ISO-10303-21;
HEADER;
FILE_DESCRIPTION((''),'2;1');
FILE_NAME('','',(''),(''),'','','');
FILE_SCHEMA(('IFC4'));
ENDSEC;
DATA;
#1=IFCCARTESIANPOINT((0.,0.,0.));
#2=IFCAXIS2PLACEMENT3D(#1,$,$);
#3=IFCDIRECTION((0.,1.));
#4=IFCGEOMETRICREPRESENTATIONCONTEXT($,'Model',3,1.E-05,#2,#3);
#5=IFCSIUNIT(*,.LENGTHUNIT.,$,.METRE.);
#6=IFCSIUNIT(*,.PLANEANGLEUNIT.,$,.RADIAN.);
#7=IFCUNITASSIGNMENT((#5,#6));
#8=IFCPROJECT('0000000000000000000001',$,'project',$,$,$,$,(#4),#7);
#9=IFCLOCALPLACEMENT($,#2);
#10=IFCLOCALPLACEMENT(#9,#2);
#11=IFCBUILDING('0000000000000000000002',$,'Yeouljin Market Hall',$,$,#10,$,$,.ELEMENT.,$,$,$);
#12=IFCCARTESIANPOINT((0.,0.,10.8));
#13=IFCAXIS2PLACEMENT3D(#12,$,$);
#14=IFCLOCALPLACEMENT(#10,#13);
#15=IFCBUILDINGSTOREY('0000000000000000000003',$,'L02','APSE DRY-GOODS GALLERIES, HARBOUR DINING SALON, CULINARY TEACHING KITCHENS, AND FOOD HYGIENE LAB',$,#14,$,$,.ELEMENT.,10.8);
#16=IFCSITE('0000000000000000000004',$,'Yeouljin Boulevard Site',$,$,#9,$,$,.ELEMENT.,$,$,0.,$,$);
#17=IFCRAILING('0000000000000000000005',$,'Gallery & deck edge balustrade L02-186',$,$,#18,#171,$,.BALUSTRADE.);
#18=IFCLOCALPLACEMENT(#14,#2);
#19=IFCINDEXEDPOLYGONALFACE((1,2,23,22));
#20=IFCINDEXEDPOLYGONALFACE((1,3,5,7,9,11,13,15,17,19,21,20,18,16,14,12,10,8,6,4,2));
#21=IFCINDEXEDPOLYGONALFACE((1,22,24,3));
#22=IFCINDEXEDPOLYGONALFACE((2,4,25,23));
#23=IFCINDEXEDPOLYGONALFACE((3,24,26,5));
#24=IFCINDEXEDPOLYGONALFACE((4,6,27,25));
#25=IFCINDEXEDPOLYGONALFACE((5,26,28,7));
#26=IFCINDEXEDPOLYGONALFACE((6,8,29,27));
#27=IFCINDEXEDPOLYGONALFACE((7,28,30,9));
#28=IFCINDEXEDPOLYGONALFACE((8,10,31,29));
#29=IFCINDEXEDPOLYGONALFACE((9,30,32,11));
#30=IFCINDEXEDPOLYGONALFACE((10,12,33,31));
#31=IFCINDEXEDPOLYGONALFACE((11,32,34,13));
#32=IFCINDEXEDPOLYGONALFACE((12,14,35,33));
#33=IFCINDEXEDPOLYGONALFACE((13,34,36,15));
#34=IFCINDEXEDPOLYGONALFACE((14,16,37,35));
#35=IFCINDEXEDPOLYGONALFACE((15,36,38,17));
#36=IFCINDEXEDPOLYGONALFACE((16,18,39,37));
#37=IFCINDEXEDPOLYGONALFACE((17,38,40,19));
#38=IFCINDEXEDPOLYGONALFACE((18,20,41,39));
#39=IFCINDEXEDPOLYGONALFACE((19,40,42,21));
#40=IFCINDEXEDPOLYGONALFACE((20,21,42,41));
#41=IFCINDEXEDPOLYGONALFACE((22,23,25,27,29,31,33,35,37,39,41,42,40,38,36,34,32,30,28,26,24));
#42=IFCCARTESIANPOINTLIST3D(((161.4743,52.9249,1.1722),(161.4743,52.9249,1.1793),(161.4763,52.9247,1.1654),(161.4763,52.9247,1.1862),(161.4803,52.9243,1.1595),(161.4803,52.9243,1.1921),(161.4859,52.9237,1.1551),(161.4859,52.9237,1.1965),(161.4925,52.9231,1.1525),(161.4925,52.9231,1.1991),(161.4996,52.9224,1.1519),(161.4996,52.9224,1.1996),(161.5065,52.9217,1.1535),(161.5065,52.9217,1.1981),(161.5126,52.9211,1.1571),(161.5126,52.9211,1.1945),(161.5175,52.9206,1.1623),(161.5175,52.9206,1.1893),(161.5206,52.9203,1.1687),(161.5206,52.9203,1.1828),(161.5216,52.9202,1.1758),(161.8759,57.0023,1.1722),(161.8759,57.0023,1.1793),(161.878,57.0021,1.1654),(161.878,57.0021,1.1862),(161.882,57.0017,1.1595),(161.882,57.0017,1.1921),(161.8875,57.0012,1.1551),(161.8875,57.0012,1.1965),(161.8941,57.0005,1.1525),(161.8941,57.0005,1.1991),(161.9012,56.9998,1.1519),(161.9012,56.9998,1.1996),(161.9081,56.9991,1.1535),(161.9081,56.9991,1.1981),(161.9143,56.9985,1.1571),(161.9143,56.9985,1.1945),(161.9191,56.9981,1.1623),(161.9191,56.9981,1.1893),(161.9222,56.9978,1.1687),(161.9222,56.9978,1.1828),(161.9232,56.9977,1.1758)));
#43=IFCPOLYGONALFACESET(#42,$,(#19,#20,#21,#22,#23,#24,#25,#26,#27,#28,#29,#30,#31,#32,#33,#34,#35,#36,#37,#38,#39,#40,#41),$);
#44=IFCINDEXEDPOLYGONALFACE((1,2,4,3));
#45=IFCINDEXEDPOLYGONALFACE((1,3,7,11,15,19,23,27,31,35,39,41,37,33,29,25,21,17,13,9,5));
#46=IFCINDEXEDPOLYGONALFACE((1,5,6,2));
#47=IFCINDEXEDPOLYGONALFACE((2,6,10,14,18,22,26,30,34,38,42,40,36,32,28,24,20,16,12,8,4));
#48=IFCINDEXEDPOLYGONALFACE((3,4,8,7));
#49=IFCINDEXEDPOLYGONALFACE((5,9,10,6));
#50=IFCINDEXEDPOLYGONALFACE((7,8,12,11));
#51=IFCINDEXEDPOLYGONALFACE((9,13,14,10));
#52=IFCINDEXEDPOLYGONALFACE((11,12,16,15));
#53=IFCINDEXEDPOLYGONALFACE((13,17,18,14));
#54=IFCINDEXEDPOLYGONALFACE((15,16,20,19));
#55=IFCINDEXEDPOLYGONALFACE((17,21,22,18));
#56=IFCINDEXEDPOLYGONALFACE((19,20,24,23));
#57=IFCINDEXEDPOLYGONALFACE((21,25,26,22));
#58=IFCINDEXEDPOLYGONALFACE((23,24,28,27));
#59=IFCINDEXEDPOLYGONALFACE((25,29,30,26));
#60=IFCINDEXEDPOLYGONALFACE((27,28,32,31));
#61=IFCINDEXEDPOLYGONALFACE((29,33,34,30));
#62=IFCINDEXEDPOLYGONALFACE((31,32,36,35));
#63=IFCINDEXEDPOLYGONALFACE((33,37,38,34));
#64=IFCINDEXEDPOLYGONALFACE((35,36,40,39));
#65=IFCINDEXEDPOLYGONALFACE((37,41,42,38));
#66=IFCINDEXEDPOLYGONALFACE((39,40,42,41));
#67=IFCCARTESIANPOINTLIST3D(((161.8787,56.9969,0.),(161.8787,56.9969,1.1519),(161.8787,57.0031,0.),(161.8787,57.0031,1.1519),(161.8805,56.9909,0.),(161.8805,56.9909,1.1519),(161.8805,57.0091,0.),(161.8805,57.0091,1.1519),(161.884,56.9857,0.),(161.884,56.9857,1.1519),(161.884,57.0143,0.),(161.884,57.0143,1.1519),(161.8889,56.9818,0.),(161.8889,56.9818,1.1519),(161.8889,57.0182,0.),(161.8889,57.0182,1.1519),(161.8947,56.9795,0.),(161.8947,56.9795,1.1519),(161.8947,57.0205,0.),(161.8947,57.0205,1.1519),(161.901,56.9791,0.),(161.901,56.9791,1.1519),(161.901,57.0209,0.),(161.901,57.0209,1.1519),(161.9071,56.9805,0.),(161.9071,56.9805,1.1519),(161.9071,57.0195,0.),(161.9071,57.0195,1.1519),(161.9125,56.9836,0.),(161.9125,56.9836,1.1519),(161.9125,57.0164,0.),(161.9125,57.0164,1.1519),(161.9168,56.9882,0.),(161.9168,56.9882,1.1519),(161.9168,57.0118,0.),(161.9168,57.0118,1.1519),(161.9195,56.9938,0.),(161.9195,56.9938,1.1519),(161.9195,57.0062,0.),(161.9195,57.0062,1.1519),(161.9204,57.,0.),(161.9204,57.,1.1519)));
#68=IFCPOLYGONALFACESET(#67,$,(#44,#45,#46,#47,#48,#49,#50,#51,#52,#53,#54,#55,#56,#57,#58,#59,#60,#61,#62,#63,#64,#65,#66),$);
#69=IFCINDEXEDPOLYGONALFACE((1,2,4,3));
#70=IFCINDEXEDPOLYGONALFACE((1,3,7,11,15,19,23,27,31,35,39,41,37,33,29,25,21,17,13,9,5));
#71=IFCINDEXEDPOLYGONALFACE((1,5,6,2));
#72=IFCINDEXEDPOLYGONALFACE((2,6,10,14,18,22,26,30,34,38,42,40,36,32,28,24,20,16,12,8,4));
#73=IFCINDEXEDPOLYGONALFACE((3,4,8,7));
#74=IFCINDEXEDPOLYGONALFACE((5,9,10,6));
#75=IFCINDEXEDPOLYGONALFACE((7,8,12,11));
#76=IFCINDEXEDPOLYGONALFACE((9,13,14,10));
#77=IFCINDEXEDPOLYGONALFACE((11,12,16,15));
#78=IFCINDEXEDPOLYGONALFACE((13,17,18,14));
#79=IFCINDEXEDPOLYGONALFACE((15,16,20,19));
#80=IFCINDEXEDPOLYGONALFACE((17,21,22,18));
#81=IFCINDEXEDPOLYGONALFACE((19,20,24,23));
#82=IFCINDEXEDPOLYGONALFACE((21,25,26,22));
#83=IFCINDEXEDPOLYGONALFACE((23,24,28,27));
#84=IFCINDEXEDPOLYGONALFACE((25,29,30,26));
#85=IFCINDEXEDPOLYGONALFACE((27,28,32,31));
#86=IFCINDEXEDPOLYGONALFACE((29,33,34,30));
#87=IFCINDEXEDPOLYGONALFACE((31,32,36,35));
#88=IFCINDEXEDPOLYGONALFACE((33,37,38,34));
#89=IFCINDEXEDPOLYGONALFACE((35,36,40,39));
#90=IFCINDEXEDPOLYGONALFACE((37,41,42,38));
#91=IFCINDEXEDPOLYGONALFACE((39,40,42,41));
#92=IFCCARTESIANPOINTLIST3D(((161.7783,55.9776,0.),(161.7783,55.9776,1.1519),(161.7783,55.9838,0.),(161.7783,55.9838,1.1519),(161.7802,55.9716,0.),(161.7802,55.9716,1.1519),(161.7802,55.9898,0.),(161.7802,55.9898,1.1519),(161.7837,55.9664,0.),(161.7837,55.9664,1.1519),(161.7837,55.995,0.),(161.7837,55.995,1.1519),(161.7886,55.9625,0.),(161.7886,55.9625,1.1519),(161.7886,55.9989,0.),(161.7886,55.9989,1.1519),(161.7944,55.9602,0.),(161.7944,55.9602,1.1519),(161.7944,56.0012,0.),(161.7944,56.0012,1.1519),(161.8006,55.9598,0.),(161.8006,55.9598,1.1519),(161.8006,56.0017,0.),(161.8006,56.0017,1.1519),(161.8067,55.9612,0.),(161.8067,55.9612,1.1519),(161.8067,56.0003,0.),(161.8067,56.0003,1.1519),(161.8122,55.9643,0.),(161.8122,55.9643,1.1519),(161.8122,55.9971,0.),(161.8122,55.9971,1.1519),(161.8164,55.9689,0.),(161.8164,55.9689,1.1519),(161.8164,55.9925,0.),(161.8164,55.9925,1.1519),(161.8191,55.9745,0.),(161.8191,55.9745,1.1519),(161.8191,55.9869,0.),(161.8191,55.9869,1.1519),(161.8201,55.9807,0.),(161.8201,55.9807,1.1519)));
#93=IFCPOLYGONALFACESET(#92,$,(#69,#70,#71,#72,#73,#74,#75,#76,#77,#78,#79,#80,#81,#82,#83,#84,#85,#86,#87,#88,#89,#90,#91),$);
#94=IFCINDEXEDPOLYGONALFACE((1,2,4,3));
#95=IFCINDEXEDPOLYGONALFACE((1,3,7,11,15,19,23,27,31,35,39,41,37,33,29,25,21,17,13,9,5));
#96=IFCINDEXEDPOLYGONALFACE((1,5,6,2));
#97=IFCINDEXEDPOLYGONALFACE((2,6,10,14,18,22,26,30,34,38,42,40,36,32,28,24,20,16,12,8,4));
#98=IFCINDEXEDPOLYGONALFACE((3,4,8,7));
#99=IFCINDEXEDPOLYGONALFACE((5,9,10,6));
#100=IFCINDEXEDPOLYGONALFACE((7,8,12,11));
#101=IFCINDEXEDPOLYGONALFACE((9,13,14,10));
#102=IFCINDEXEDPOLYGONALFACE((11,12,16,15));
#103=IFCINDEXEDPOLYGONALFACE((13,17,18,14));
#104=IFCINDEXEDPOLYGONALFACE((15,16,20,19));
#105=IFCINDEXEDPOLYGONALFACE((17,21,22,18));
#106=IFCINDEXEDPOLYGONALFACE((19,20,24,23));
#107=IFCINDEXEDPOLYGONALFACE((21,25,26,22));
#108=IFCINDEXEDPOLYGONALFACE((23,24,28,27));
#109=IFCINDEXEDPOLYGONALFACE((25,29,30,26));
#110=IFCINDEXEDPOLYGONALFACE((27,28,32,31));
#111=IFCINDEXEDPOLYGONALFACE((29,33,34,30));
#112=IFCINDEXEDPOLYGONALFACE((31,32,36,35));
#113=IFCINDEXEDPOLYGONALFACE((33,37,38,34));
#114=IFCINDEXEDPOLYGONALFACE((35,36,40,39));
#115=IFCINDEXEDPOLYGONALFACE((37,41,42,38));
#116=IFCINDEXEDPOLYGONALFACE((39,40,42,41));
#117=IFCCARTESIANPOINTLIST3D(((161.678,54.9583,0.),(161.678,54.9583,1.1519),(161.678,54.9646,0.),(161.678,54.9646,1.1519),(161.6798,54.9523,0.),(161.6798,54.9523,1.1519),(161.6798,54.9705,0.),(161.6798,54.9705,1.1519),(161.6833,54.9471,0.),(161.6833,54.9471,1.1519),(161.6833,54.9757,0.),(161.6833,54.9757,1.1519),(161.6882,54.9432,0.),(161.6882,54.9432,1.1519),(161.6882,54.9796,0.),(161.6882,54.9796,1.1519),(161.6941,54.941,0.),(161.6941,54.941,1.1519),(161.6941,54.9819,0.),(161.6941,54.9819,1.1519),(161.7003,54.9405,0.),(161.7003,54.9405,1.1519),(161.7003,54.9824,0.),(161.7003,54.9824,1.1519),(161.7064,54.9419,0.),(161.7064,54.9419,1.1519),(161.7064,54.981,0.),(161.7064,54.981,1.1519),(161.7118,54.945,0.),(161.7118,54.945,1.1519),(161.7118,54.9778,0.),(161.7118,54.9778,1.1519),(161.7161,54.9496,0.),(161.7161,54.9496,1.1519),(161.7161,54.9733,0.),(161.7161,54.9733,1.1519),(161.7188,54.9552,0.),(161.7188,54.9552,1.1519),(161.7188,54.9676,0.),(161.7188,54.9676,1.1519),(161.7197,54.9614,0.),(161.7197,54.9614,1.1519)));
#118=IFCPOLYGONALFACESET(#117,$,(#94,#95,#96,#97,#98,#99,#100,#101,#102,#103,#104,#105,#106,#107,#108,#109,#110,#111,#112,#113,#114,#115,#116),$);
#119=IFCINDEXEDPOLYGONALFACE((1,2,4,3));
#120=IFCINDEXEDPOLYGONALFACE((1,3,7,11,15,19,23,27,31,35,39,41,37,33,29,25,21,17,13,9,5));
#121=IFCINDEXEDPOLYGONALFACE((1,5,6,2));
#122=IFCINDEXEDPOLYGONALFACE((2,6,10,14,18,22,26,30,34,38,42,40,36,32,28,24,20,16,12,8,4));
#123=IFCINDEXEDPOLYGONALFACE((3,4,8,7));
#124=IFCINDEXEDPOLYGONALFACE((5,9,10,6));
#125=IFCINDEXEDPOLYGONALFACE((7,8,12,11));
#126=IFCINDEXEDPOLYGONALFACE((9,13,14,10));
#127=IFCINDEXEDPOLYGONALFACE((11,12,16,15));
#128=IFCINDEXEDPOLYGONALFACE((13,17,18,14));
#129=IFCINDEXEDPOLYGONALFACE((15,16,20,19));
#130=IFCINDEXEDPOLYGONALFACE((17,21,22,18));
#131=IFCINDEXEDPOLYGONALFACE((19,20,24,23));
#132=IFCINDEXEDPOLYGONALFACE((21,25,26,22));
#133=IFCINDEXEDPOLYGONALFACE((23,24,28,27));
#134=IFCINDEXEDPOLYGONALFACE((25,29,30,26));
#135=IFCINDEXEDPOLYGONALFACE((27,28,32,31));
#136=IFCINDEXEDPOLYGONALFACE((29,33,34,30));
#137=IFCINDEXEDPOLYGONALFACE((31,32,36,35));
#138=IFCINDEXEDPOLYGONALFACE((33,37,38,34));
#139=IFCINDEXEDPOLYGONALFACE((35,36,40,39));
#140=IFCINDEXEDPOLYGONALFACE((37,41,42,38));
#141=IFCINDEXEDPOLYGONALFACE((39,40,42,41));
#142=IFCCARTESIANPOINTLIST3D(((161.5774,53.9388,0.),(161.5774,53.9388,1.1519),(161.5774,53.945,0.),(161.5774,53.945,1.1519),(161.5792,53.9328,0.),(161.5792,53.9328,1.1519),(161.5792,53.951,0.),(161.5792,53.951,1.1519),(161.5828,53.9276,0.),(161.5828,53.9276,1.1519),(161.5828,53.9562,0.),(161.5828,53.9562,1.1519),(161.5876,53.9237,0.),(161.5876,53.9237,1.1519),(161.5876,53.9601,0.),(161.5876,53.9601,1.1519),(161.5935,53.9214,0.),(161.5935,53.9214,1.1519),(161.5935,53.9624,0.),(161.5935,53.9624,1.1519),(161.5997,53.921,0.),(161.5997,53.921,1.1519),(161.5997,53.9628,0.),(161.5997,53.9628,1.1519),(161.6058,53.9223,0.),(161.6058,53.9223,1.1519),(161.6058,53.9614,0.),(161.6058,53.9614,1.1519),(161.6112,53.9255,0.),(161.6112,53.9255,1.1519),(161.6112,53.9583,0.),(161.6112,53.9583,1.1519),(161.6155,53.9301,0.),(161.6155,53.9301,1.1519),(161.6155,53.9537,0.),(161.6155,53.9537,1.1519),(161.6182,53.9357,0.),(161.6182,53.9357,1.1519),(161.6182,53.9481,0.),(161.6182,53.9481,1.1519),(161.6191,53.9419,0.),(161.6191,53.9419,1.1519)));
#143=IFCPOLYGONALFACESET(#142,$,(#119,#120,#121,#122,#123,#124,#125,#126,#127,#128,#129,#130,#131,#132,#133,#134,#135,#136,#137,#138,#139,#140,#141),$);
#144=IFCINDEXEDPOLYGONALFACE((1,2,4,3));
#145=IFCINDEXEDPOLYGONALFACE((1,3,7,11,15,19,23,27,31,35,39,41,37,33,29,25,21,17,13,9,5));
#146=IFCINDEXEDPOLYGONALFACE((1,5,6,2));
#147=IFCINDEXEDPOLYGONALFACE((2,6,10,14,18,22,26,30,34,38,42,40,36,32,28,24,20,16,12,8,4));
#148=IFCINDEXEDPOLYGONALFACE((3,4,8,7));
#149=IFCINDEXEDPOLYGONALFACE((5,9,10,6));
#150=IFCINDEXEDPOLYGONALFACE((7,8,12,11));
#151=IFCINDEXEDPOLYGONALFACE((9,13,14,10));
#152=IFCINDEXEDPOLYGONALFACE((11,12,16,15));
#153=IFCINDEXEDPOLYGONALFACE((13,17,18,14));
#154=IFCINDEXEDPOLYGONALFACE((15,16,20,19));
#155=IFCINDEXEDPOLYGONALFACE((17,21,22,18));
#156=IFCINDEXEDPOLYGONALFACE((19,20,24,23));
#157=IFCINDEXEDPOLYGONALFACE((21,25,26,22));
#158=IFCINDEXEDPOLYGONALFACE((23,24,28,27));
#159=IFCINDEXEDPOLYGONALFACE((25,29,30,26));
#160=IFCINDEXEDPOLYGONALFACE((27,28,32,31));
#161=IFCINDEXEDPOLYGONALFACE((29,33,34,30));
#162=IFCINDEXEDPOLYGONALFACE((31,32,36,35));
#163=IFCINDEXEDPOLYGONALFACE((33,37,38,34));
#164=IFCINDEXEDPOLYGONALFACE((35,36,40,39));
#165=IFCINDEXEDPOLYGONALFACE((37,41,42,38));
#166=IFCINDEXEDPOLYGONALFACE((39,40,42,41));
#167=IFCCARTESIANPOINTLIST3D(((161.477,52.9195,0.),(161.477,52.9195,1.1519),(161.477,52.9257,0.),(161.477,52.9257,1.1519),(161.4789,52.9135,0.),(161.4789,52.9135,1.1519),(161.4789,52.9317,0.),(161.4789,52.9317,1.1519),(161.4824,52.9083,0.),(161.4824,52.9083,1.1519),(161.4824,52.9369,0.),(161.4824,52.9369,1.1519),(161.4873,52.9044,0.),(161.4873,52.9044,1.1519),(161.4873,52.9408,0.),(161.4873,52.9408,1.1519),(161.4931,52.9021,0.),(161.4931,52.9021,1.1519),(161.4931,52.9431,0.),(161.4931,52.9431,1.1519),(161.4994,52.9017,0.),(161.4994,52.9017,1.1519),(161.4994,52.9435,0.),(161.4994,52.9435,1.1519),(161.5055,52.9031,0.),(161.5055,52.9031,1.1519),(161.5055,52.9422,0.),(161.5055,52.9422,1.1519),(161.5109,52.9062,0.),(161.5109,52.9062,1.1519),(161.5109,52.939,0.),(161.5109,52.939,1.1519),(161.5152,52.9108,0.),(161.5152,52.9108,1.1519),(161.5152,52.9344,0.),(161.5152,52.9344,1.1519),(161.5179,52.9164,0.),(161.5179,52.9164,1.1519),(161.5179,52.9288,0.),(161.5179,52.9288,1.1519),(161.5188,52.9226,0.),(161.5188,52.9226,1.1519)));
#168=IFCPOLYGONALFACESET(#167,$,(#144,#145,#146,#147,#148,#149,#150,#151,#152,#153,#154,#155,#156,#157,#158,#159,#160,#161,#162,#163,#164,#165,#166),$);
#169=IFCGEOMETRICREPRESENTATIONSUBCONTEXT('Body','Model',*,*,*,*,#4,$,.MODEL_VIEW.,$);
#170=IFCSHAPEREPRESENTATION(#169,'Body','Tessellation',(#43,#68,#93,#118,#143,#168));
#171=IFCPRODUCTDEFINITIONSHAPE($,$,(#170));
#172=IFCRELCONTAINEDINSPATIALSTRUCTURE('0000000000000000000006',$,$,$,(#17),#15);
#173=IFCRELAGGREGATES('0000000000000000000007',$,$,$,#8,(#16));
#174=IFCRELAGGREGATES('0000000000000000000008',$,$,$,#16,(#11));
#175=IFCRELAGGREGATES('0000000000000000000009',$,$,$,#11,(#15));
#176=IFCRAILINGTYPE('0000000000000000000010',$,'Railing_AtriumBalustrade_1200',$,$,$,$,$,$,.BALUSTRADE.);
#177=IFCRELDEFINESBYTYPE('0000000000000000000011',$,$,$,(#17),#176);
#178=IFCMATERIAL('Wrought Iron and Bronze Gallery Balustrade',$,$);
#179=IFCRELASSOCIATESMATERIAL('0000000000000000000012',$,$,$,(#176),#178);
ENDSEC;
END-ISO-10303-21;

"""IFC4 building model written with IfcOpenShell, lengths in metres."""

from ifc_helpers import new_model, si_unit, direction, frame, origin, origin_2d, place, context, subcontext, project, spatial, circle, extrude, material, type_object, element, save


model = new_model("IFC4")

# Units and contexts
model_context = context("Model", 3, precision=1e-05, world=origin(), true_north=direction((0.0, 1.0)))
body_context = subcontext(model_context, "Body", "Model", "MODEL_VIEW")
ifc_project = project(units=[si_unit("LENGTHUNIT", "METRE"), si_unit("PLANEANGLEUNIT", "RADIAN")], contexts=[model_context])

# Site, building, storey
site_placement = place(None, origin())
site = spatial("IfcSite", under=ifc_project, at=site_placement, Name="Yeouljin Boulevard Site", CompositionType="ELEMENT", RefElevation=0.0)
building_placement = place(site_placement, origin())
building = spatial("IfcBuilding", under=site, at=building_placement, Name="Yeouljin Market Hall", CompositionType="ELEMENT")
storey_placement = place(building_placement, frame((0.0, 0.0, 10.8)))
storey = spatial("IfcBuildingStorey", under=building, at=storey_placement, Name="L02", Description="APSE DRY-GOODS GALLERIES, HARBOUR DINING SALON, CULINARY TEACHING KITCHENS, AND FOOD HYGIENE LAB", CompositionType="ELEMENT", Elevation=10.8)

# Railing
ifc_material_1 = material(Name="Wrought Iron and Bronze Gallery Balustrade")
railing_type = type_object("IfcRailingType", Name="Railing_AtriumBalustrade_1200", PredefinedType="BALUSTRADE", material=ifc_material_1)
railing_1_placement = place(storey_placement, frame((161.8994, 57.0, 0.0)))
element("IfcRailing", 1, at=railing_1_placement, inside=storey, type_object=railing_type, Name="Gallery & deck edge balustrade L02-186", PredefinedType="BALUSTRADE", context=body_context, shape_type="SweptSolid", body=[
    extrude(circle(Radius=0.0239, at=origin_2d()), frame((0.0, 0.0, 1.1758), z_axis=(-0.098023, -0.995184, 0.0), x_axis=(0.995184, -0.098023, 0.0)), (0.0, 0.0, 1.0), 4.0972),
    extrude(circle(Radius=0.021, at=origin_2d()), origin(), (0.0, 0.0, 1.0), 1.1519),
    extrude(circle(Radius=0.021, at=origin_2d()), frame((-0.1003, -1.0193, 0.0)), (0.0, 0.0, 1.0), 1.1519),
    extrude(circle(Radius=0.021, at=origin_2d()), frame((-0.2007, -2.0386, 0.0)), (0.0, 0.0, 1.0), 1.1519),
    extrude(circle(Radius=0.021, at=origin_2d()), frame((-0.3013, -3.0581, 0.0)), (0.0, 0.0, 1.0), 1.1519),
    extrude(circle(Radius=0.021, at=origin_2d()), frame((-0.4016, -4.0774, 0.0)), (0.0, 0.0, 1.0), 1.1519),
])

save(model, "model.ifc")
